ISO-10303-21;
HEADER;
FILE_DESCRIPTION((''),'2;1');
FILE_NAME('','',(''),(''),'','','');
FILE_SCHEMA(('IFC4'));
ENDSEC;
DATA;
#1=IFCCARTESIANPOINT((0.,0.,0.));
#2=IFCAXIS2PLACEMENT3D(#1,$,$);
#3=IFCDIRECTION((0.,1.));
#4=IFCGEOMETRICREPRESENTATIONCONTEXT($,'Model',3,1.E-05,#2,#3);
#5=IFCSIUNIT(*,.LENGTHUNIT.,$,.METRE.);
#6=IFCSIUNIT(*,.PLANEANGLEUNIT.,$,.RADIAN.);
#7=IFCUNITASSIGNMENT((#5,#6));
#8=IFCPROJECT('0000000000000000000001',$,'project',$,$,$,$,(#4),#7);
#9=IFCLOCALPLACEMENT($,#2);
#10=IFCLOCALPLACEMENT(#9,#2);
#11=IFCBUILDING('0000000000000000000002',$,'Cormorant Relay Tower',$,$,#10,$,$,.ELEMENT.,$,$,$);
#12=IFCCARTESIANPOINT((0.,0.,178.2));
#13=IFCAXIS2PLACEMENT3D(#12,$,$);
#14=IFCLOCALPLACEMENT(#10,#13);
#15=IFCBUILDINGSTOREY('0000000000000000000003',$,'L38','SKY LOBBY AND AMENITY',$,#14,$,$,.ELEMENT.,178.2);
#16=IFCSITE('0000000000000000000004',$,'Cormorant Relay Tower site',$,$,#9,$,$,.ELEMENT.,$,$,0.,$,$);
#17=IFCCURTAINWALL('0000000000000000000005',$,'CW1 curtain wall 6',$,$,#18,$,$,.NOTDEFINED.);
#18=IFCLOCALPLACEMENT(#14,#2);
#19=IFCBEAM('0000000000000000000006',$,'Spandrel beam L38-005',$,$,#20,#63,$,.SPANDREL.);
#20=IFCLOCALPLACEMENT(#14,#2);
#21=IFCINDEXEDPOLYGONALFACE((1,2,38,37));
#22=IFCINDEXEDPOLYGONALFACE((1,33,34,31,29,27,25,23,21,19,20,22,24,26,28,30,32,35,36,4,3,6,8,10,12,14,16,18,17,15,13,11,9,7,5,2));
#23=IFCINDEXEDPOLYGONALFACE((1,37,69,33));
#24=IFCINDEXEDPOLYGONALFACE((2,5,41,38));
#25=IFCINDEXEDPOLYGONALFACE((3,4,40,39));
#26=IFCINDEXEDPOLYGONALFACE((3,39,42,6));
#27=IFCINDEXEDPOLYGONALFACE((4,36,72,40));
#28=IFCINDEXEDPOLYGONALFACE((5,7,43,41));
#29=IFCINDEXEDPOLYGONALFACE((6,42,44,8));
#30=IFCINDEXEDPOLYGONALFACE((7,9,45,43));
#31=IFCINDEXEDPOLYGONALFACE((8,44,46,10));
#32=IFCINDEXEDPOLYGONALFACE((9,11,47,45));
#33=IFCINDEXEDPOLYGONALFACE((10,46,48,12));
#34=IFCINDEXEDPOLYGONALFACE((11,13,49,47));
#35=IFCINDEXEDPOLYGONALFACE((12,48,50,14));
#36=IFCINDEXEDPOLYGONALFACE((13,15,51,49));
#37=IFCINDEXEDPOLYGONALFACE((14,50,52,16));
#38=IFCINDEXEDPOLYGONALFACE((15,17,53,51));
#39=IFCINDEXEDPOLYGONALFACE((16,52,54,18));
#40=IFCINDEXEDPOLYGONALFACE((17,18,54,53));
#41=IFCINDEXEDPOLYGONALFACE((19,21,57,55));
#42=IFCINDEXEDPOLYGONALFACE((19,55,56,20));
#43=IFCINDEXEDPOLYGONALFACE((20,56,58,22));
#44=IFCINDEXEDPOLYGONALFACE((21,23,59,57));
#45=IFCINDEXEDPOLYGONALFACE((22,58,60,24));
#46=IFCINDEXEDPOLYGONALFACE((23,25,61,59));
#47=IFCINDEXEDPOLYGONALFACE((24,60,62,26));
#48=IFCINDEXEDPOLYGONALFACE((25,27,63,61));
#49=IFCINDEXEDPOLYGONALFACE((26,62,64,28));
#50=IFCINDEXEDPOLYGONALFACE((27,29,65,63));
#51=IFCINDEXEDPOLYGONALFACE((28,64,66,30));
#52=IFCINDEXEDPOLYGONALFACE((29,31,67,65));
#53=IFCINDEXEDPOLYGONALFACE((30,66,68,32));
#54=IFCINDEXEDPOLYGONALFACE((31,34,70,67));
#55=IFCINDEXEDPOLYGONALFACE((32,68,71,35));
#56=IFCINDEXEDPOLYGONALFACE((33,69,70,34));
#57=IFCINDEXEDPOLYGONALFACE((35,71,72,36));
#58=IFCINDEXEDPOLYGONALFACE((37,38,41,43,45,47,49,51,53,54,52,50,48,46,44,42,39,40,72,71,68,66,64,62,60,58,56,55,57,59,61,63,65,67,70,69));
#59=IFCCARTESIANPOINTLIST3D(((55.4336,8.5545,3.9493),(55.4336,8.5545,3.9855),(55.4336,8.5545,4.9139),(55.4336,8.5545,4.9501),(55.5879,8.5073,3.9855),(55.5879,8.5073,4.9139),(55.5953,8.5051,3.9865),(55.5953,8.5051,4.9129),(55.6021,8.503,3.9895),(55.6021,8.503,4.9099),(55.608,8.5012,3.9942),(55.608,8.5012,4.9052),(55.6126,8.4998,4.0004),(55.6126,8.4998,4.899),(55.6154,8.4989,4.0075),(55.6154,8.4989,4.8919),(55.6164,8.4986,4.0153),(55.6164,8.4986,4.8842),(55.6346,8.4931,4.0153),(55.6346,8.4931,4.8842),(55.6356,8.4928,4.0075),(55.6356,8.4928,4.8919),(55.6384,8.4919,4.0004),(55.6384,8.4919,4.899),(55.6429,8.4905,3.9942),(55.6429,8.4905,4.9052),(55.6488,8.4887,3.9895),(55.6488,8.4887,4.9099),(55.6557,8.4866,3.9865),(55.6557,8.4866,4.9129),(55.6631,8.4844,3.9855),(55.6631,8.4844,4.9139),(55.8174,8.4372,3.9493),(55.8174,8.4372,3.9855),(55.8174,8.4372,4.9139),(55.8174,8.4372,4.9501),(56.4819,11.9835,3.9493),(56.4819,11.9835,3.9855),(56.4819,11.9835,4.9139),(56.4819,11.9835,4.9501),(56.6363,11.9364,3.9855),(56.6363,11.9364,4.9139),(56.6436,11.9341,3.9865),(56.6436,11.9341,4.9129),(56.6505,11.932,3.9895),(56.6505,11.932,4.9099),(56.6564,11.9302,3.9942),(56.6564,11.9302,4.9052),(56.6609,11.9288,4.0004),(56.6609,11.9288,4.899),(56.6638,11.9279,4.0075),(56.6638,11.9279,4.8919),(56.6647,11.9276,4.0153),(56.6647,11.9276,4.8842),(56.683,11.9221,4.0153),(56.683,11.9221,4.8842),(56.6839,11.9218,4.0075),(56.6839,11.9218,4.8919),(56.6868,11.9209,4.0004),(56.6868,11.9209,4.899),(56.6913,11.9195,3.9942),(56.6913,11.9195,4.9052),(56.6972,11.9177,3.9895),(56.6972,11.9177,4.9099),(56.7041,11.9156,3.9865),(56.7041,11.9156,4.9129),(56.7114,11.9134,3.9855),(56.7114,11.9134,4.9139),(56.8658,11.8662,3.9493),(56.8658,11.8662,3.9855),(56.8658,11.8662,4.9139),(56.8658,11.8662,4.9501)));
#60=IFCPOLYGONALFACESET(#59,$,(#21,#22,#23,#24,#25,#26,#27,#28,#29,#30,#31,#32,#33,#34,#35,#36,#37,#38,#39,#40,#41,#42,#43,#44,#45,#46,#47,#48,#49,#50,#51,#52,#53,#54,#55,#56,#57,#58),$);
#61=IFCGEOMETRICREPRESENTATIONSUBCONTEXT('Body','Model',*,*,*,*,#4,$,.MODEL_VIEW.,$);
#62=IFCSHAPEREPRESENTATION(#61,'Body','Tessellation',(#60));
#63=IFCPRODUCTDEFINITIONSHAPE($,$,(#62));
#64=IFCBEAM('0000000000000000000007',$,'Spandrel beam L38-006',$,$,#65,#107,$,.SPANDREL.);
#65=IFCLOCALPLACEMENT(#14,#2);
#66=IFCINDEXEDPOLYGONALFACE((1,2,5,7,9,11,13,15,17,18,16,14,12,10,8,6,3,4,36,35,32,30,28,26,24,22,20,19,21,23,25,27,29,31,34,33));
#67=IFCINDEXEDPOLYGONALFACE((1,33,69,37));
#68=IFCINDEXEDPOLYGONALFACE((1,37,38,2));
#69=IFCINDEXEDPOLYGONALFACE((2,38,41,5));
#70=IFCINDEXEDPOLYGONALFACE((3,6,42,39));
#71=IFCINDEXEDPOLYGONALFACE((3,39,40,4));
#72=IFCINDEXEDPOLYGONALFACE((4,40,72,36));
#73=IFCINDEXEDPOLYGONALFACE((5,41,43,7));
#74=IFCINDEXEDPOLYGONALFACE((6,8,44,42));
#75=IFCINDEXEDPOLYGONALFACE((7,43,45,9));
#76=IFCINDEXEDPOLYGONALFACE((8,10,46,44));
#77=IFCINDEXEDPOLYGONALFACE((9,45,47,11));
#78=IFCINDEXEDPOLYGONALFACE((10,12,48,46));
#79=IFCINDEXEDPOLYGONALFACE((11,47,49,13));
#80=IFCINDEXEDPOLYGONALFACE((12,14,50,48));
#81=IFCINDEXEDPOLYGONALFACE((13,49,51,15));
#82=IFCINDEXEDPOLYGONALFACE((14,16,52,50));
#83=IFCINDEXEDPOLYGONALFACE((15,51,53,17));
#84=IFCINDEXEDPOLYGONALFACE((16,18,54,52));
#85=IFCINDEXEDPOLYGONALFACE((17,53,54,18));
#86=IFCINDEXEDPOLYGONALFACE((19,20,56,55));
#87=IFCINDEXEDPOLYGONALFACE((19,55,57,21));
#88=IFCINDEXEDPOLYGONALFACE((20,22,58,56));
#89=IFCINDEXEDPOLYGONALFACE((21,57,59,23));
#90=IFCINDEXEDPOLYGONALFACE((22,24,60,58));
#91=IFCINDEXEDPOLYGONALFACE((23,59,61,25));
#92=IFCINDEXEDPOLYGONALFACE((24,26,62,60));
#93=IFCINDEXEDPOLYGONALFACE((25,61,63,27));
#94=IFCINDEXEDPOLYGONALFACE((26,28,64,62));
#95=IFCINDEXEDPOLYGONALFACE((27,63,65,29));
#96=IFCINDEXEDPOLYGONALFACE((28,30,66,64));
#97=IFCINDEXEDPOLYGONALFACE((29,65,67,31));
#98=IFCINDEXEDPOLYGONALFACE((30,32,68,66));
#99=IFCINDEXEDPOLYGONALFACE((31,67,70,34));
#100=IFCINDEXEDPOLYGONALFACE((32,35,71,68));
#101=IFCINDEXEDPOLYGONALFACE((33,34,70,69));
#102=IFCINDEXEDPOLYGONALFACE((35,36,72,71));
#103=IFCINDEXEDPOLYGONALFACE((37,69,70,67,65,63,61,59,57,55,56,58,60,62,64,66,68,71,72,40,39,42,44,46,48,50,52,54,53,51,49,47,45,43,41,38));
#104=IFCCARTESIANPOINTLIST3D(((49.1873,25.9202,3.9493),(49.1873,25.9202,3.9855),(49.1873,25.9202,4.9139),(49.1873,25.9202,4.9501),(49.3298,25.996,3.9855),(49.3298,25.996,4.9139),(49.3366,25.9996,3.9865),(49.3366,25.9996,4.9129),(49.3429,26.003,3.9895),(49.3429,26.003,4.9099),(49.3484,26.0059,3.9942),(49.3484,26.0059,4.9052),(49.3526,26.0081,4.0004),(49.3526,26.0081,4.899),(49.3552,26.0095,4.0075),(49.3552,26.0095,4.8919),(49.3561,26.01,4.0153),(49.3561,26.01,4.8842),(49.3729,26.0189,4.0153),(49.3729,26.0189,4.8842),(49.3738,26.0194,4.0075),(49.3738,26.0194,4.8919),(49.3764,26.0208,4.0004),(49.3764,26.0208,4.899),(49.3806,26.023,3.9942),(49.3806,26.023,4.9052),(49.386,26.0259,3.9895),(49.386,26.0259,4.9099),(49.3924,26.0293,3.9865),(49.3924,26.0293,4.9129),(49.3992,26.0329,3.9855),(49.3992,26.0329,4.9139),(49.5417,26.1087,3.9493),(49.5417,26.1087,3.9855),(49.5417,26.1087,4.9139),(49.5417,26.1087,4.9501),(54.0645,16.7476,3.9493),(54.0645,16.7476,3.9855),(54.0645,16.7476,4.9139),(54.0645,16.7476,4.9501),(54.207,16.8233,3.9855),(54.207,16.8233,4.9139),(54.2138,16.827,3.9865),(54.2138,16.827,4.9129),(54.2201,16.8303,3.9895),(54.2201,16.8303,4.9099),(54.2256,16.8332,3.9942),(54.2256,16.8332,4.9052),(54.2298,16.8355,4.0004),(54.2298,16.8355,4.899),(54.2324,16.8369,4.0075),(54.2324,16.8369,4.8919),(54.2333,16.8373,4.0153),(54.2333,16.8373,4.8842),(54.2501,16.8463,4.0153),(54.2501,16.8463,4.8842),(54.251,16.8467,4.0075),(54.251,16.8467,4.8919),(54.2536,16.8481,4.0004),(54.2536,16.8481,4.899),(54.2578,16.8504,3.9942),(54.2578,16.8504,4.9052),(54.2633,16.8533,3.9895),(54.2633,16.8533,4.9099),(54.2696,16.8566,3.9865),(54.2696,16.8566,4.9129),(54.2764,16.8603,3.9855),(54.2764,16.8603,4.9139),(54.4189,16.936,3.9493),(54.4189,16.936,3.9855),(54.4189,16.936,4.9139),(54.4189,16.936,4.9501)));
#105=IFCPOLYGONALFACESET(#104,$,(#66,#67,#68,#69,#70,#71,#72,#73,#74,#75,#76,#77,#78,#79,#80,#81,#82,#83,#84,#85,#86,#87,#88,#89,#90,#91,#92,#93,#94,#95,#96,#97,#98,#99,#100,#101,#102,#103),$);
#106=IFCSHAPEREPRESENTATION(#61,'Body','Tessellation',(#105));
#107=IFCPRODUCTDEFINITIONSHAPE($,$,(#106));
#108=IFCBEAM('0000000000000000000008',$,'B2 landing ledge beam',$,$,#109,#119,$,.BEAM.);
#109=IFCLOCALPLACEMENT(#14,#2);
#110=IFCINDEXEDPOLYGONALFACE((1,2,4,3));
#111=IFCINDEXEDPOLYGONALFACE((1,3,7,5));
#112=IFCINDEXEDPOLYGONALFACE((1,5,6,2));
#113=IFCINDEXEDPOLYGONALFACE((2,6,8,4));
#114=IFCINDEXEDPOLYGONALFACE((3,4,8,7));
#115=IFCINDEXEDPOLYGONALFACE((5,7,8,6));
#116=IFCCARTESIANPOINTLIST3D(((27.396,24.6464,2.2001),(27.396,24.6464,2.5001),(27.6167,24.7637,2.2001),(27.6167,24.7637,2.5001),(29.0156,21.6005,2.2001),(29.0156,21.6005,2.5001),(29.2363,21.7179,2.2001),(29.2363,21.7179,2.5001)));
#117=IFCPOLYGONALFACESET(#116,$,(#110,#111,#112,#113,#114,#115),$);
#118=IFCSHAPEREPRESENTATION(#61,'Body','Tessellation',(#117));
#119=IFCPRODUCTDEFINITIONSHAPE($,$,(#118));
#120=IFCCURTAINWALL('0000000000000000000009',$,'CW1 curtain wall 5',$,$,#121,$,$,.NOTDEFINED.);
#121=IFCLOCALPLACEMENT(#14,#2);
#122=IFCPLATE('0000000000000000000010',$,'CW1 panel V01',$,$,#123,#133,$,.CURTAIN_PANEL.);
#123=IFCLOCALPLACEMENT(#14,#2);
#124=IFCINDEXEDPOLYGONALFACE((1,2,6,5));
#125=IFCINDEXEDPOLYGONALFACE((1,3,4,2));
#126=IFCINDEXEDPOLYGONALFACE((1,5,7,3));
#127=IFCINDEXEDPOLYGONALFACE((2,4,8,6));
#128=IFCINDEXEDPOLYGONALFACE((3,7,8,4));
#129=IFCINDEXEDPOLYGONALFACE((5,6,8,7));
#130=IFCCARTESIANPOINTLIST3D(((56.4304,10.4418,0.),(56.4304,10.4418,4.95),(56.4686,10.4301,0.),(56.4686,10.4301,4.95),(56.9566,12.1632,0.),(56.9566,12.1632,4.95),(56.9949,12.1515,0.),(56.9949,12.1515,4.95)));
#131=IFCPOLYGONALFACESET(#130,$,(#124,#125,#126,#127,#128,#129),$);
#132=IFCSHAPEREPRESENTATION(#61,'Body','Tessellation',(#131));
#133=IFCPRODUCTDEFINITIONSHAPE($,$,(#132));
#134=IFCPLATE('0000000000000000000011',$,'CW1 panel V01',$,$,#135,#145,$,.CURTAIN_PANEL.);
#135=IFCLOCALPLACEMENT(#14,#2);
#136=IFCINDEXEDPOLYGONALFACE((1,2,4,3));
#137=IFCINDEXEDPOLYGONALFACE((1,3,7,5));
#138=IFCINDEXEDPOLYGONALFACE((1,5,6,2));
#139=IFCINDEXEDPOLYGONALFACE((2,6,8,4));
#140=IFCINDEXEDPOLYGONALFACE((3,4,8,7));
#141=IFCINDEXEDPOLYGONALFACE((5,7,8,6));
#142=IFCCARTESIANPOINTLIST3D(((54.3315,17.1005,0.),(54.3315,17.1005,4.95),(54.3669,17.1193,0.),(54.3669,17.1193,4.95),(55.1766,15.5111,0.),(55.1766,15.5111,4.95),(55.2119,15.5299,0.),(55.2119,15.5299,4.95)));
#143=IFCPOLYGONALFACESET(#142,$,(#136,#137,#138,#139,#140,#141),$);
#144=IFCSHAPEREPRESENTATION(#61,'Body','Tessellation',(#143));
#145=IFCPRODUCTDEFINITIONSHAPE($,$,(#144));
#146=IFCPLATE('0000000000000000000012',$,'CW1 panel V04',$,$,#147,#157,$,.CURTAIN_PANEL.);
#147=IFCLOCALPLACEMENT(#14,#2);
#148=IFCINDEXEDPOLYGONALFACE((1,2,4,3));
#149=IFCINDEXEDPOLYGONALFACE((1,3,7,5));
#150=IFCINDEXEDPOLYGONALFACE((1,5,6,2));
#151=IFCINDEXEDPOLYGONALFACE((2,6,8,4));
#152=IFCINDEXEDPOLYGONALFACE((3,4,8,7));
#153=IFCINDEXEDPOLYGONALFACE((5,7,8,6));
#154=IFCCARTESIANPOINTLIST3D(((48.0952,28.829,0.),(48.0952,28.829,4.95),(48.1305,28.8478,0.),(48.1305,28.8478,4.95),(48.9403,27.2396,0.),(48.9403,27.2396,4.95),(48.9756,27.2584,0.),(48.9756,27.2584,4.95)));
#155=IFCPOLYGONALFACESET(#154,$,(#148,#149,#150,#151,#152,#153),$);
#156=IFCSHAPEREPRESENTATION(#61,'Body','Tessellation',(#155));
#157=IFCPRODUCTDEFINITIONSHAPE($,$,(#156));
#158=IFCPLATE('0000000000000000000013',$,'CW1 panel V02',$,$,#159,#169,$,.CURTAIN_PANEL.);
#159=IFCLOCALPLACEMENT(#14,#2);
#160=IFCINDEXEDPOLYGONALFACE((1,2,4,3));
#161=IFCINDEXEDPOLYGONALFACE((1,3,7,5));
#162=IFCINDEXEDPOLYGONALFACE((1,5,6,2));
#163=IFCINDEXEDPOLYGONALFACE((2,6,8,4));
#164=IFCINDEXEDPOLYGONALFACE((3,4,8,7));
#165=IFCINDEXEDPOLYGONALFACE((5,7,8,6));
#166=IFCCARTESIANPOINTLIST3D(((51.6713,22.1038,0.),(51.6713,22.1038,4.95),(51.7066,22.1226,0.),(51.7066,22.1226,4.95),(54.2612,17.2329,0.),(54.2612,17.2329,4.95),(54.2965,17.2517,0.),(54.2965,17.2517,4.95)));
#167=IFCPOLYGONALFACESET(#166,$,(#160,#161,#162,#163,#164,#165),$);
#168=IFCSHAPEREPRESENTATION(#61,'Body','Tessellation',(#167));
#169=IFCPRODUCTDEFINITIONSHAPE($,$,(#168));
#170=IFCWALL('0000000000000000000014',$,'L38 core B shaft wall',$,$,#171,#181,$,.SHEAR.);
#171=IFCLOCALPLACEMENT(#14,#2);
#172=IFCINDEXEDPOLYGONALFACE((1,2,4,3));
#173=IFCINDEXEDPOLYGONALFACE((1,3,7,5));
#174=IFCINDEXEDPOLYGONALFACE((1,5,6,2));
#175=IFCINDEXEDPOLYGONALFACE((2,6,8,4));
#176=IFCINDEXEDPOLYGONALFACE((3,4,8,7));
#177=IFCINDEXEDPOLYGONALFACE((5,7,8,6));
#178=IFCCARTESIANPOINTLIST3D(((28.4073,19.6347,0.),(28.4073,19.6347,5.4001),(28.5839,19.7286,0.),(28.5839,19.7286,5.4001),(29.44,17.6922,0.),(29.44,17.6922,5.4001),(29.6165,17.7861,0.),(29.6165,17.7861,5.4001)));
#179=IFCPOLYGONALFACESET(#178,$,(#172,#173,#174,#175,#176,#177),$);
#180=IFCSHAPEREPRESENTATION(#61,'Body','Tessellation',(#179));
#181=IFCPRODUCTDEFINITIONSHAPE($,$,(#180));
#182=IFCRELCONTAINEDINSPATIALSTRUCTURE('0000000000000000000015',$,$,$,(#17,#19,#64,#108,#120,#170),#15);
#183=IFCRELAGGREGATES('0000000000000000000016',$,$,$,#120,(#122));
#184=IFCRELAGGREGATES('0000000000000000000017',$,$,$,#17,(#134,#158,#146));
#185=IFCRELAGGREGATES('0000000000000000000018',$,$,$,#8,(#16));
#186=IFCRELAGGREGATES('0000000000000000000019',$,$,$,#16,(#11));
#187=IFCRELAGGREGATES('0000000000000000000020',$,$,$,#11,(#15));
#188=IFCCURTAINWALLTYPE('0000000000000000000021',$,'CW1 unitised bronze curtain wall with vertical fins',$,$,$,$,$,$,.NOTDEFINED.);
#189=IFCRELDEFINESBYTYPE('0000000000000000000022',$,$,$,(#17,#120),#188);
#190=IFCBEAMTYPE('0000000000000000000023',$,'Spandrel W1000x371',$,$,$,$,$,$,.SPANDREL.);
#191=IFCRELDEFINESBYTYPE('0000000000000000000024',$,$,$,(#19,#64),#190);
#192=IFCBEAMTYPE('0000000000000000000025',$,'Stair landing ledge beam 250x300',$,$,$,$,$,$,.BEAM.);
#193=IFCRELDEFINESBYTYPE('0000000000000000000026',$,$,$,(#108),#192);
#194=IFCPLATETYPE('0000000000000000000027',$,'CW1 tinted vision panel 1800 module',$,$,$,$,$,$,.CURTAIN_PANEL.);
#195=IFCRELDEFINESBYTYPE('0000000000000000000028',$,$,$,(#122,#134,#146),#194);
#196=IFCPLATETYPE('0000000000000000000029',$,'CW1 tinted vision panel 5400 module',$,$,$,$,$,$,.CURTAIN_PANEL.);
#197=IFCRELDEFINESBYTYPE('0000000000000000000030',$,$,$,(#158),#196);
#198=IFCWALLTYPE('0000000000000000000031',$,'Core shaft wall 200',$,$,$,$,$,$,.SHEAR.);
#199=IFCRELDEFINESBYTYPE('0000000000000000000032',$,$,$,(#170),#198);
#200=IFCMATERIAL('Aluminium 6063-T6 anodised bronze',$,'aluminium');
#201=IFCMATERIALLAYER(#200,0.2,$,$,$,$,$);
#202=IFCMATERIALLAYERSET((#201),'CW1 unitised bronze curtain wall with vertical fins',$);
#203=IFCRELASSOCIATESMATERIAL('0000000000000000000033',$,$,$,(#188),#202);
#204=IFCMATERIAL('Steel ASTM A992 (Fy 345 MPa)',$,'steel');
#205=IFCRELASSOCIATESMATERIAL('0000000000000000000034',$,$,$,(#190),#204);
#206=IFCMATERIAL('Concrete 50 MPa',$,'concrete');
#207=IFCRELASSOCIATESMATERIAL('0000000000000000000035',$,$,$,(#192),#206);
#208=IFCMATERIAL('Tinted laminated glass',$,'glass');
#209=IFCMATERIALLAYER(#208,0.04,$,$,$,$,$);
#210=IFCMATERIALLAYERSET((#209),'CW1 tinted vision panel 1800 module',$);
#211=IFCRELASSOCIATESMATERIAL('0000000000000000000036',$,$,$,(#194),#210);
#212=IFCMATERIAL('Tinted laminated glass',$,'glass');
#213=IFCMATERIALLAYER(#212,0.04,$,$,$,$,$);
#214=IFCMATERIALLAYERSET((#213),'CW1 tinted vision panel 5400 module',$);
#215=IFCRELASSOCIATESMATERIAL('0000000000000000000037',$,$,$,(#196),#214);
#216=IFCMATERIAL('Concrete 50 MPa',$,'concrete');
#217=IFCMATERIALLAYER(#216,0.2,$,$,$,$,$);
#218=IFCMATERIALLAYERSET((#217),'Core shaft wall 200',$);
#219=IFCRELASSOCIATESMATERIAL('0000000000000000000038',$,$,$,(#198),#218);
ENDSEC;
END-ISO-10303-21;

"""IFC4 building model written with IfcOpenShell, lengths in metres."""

from ifc_helpers import new_model, si_unit, direction, frame, frame_2d, origin, origin_2d, place, context, subcontext, project, spatial, rectangle, i_section, extrude, material, layer, layer_set, material_profile, profile_set, type_object, element, aggregate, save


model = new_model("IFC4")

# Units and contexts
model_context = context("Model", 3, precision=1e-05, world=origin(), true_north=direction((0.0, 1.0)))
body_context = subcontext(model_context, "Body", "Model", "MODEL_VIEW")
ifc_project = project(units=[si_unit("LENGTHUNIT", "METRE"), si_unit("PLANEANGLEUNIT", "RADIAN")], contexts=[model_context])

# Site, building, storey
site_placement = place(None, origin())
site = spatial("IfcSite", under=ifc_project, at=site_placement, Name="Cormorant Relay Tower site", CompositionType="ELEMENT", RefElevation=0.0)
building_placement = place(site_placement, origin())
building = spatial("IfcBuilding", under=site, at=building_placement, Name="Cormorant Relay Tower", CompositionType="ELEMENT")
storey_placement = place(building_placement, frame((0.0, 0.0, 178.2)))
storey = spatial("IfcBuildingStorey", under=building, at=storey_placement, Name="L38", Description="SKY LOBBY AND AMENITY", CompositionType="ELEMENT", Elevation=178.2)

# Curtain wall
ifc_material_1 = material(Name="Aluminium 6063-T6 anodised bronze", Category="aluminium")
ifc_layer_1 = layer(ifc_material_1, 0.2)
ifc_layer_set_1 = layer_set([ifc_layer_1], Name="CW1 unitised bronze curtain wall with vertical fins")
curtain_wall_type = type_object("IfcCurtainWallType", Name="CW1 unitised bronze curtain wall with vertical fins", PredefinedType="NOTDEFINED", material=ifc_layer_set_1)
curtain_wall_1_placement = place(storey_placement, origin())
curtain_wall_1 = element("IfcCurtainWall", 1, at=curtain_wall_1_placement, inside=storey, type_object=curtain_wall_type, Name="CW1 curtain wall 6", PredefinedType="NOTDEFINED")

# Beams
ifc_material_2 = material(Name="Steel ASTM A992 (Fy 345 MPa)", Category="steel")
ifc_material_profile_1 = material_profile(ifc_material_2, i_section(OverallWidth=0.4014, OverallDepth=1.0007, WebThickness=0.019, FlangeThickness=0.0361, FilletRadius=0.0298, at=origin_2d()), Name="W1000x371")
ifc_profile_set_1 = profile_set([ifc_material_profile_1], Name="Steel ASTM A992 (Fy 345 MPa)")
beam_type_1 = type_object("IfcBeamType", Name="Spandrel W1000x371", PredefinedType="SPANDREL", material=ifc_profile_set_1)
beam_1_placement = place(storey_placement, frame((55.6255, 8.4958, 4.4497), z_axis=(0.292372, 0.956305, 0.0), x_axis=(-0.956305, 0.292372, 0.0)))
element("IfcBeam", 2, at=beam_1_placement, inside=storey, type_object=beam_type_1, Name="Spandrel beam L38-005", PredefinedType="SPANDREL", context=body_context, shape_type="SweptSolid", body=[
    extrude(i_section(OverallWidth=0.4014, OverallDepth=1.0007, WebThickness=0.019, FlangeThickness=0.0361, FilletRadius=0.0298, at=origin_2d()), origin(), (0.0, 0.0, 1.0), 3.5857),
])
beam_2_placement = place(storey_placement, frame((54.2417, 16.8418, 4.4497), z_axis=(-0.469474, 0.882946, 0.0), x_axis=(-0.882946, -0.469474, 0.0)))
element("IfcBeam", 3, at=beam_2_placement, inside=storey, type_object=beam_type_1, Name="Spandrel beam L38-006", PredefinedType="SPANDREL", context=body_context, shape_type="SweptSolid", body=[
    extrude(i_section(OverallWidth=0.4014, OverallDepth=1.0007, WebThickness=0.019, FlangeThickness=0.0361, FilletRadius=0.0298, at=origin_2d()), origin(), (0.0, 0.0, 1.0), 10.3887),
])
ifc_material_3 = material(Name="Concrete 50 MPa", Category="concrete")
ifc_material_profile_2 = material_profile(ifc_material_3, rectangle(XDim=0.25, YDim=0.3, at=origin_2d()), Name="RC 250x300")
ifc_profile_set_2 = profile_set([ifc_material_profile_2], Name="Concrete 50 MPa")
beam_type_2 = type_object("IfcBeamType", Name="Stair landing ledge beam 250x300", PredefinedType="BEAM", material=ifc_profile_set_2)
beam_3_placement = place(storey_placement, frame((29.126, 21.6592, 2.3501), z_axis=(-0.469493, 0.882936, 0.0), x_axis=(-0.882936, -0.469493, 0.0)))
element("IfcBeam", 4, at=beam_3_placement, inside=storey, type_object=beam_type_2, Name="B2 landing ledge beam", PredefinedType="BEAM", context=body_context, shape_type="SweptSolid", body=[
    extrude(rectangle(XDim=0.25, YDim=0.3, at=origin_2d()), origin(), (0.0, 0.0, 1.0), 3.4497),
])

# Curtain wall, plate
curtain_wall_2_placement = place(storey_placement, origin())
curtain_wall_2 = element("IfcCurtainWall", 5, at=curtain_wall_2_placement, inside=storey, type_object=curtain_wall_type, Name="CW1 curtain wall 5", PredefinedType="NOTDEFINED")
ifc_material_4 = material(Name="Tinted laminated glass", Category="glass")
ifc_layer_2 = layer(ifc_material_4, 0.04)
ifc_layer_set_2 = layer_set([ifc_layer_2], Name="CW1 tinted vision panel 1800 module")
plate_type_1 = type_object("IfcPlateType", Name="CW1 tinted vision panel 1800 module", PredefinedType="CURTAIN_PANEL", material=ifc_layer_set_2)
plate_1_placement = place(storey_placement, frame((56.7126, 11.2966, 0.0), z_axis=(0.0, 0.0, 1.0), x_axis=(0.292372, 0.956305, 0.0)))
plate_1 = element("IfcPlate", 6, at=plate_1_placement, type_object=plate_type_1, Name="CW1 panel V01", PredefinedType="CURTAIN_PANEL", context=body_context, shape_type="SweptSolid", body=[
    extrude(rectangle(XDim=1.8, YDim=0.04, at=origin_2d()), origin(), (0.0, 0.0, 1.0), 4.95),
])

# Plates
plate_2_placement = place(storey_placement, frame((54.7717, 16.3152, 0.0), z_axis=(0.0, 0.0, 1.0), x_axis=(-0.469472, 0.882948, 0.0)))
plate_2 = element("IfcPlate", 7, at=plate_2_placement, type_object=plate_type_1, Name="CW1 panel V01", PredefinedType="CURTAIN_PANEL", context=body_context, shape_type="SweptSolid", body=[
    extrude(rectangle(XDim=1.8, YDim=0.04, at=origin_2d()), origin(), (0.0, 0.0, 1.0), 4.95),
])
plate_3_placement = place(storey_placement, frame((48.5354, 28.0437, 0.0), z_axis=(0.0, 0.0, 1.0), x_axis=(-0.469472, 0.882948, 0.0)))
plate_3 = element("IfcPlate", 8, at=plate_3_placement, type_object=plate_type_1, Name="CW1 panel V04", PredefinedType="CURTAIN_PANEL", context=body_context, shape_type="SweptSolid", body=[
    extrude(rectangle(XDim=1.8, YDim=0.04, at=origin_2d()), origin(), (0.0, 0.0, 1.0), 4.95),
])
ifc_material_5 = material(Name="Tinted laminated glass", Category="glass")
ifc_layer_3 = layer(ifc_material_5, 0.04)
ifc_layer_set_3 = layer_set([ifc_layer_3], Name="CW1 tinted vision panel 5400 module")
plate_type_2 = type_object("IfcPlateType", Name="CW1 tinted vision panel 5400 module", PredefinedType="CURTAIN_PANEL", material=ifc_layer_set_3)
plate_4_placement = place(storey_placement, frame((52.9839, 19.6777, 0.0), z_axis=(0.0, 0.0, 1.0), x_axis=(-0.469472, 0.882948, 0.0)))
plate_4 = element("IfcPlate", 9, at=plate_4_placement, type_object=plate_type_2, Name="CW1 panel V02", PredefinedType="CURTAIN_PANEL", context=body_context, shape_type="SweptSolid", body=[
    extrude(rectangle(XDim=5.5166, YDim=0.04, at=origin_2d()), origin(), (0.0, 0.0, 1.0), 4.95),
])

# Wall
ifc_material_6 = material(Name="Concrete 50 MPa", Category="concrete")
ifc_layer_4 = layer(ifc_material_6, 0.2)
ifc_layer_set_4 = layer_set([ifc_layer_4], Name="Core shaft wall 200")
wall_type_1 = type_object("IfcWallType", Name="Core shaft wall 200", PredefinedType="SHEAR", material=ifc_layer_set_4)
wall_1_placement = place(storey_placement, frame((29.5283, 17.739, 0.0), z_axis=(0.0, 0.0, 1.0), x_axis=(-0.469401, 0.882985, 0.0)))
element("IfcWall", 10, at=wall_1_placement, inside=storey, type_object=wall_type_1, Name="L38 core B shaft wall", PredefinedType="SHEAR", context=body_context, shape_type="SweptSolid", body=[
    extrude(rectangle(XDim=2.2, YDim=0.2, at=frame_2d((1.1001, 0.0))), origin(), (0.0, 0.0, 1.0), 5.4001),
])

aggregate(curtain_wall_2, [plate_1])
aggregate(curtain_wall_1, [plate_2, plate_4, plate_3])

save(model, "model.ifc")
